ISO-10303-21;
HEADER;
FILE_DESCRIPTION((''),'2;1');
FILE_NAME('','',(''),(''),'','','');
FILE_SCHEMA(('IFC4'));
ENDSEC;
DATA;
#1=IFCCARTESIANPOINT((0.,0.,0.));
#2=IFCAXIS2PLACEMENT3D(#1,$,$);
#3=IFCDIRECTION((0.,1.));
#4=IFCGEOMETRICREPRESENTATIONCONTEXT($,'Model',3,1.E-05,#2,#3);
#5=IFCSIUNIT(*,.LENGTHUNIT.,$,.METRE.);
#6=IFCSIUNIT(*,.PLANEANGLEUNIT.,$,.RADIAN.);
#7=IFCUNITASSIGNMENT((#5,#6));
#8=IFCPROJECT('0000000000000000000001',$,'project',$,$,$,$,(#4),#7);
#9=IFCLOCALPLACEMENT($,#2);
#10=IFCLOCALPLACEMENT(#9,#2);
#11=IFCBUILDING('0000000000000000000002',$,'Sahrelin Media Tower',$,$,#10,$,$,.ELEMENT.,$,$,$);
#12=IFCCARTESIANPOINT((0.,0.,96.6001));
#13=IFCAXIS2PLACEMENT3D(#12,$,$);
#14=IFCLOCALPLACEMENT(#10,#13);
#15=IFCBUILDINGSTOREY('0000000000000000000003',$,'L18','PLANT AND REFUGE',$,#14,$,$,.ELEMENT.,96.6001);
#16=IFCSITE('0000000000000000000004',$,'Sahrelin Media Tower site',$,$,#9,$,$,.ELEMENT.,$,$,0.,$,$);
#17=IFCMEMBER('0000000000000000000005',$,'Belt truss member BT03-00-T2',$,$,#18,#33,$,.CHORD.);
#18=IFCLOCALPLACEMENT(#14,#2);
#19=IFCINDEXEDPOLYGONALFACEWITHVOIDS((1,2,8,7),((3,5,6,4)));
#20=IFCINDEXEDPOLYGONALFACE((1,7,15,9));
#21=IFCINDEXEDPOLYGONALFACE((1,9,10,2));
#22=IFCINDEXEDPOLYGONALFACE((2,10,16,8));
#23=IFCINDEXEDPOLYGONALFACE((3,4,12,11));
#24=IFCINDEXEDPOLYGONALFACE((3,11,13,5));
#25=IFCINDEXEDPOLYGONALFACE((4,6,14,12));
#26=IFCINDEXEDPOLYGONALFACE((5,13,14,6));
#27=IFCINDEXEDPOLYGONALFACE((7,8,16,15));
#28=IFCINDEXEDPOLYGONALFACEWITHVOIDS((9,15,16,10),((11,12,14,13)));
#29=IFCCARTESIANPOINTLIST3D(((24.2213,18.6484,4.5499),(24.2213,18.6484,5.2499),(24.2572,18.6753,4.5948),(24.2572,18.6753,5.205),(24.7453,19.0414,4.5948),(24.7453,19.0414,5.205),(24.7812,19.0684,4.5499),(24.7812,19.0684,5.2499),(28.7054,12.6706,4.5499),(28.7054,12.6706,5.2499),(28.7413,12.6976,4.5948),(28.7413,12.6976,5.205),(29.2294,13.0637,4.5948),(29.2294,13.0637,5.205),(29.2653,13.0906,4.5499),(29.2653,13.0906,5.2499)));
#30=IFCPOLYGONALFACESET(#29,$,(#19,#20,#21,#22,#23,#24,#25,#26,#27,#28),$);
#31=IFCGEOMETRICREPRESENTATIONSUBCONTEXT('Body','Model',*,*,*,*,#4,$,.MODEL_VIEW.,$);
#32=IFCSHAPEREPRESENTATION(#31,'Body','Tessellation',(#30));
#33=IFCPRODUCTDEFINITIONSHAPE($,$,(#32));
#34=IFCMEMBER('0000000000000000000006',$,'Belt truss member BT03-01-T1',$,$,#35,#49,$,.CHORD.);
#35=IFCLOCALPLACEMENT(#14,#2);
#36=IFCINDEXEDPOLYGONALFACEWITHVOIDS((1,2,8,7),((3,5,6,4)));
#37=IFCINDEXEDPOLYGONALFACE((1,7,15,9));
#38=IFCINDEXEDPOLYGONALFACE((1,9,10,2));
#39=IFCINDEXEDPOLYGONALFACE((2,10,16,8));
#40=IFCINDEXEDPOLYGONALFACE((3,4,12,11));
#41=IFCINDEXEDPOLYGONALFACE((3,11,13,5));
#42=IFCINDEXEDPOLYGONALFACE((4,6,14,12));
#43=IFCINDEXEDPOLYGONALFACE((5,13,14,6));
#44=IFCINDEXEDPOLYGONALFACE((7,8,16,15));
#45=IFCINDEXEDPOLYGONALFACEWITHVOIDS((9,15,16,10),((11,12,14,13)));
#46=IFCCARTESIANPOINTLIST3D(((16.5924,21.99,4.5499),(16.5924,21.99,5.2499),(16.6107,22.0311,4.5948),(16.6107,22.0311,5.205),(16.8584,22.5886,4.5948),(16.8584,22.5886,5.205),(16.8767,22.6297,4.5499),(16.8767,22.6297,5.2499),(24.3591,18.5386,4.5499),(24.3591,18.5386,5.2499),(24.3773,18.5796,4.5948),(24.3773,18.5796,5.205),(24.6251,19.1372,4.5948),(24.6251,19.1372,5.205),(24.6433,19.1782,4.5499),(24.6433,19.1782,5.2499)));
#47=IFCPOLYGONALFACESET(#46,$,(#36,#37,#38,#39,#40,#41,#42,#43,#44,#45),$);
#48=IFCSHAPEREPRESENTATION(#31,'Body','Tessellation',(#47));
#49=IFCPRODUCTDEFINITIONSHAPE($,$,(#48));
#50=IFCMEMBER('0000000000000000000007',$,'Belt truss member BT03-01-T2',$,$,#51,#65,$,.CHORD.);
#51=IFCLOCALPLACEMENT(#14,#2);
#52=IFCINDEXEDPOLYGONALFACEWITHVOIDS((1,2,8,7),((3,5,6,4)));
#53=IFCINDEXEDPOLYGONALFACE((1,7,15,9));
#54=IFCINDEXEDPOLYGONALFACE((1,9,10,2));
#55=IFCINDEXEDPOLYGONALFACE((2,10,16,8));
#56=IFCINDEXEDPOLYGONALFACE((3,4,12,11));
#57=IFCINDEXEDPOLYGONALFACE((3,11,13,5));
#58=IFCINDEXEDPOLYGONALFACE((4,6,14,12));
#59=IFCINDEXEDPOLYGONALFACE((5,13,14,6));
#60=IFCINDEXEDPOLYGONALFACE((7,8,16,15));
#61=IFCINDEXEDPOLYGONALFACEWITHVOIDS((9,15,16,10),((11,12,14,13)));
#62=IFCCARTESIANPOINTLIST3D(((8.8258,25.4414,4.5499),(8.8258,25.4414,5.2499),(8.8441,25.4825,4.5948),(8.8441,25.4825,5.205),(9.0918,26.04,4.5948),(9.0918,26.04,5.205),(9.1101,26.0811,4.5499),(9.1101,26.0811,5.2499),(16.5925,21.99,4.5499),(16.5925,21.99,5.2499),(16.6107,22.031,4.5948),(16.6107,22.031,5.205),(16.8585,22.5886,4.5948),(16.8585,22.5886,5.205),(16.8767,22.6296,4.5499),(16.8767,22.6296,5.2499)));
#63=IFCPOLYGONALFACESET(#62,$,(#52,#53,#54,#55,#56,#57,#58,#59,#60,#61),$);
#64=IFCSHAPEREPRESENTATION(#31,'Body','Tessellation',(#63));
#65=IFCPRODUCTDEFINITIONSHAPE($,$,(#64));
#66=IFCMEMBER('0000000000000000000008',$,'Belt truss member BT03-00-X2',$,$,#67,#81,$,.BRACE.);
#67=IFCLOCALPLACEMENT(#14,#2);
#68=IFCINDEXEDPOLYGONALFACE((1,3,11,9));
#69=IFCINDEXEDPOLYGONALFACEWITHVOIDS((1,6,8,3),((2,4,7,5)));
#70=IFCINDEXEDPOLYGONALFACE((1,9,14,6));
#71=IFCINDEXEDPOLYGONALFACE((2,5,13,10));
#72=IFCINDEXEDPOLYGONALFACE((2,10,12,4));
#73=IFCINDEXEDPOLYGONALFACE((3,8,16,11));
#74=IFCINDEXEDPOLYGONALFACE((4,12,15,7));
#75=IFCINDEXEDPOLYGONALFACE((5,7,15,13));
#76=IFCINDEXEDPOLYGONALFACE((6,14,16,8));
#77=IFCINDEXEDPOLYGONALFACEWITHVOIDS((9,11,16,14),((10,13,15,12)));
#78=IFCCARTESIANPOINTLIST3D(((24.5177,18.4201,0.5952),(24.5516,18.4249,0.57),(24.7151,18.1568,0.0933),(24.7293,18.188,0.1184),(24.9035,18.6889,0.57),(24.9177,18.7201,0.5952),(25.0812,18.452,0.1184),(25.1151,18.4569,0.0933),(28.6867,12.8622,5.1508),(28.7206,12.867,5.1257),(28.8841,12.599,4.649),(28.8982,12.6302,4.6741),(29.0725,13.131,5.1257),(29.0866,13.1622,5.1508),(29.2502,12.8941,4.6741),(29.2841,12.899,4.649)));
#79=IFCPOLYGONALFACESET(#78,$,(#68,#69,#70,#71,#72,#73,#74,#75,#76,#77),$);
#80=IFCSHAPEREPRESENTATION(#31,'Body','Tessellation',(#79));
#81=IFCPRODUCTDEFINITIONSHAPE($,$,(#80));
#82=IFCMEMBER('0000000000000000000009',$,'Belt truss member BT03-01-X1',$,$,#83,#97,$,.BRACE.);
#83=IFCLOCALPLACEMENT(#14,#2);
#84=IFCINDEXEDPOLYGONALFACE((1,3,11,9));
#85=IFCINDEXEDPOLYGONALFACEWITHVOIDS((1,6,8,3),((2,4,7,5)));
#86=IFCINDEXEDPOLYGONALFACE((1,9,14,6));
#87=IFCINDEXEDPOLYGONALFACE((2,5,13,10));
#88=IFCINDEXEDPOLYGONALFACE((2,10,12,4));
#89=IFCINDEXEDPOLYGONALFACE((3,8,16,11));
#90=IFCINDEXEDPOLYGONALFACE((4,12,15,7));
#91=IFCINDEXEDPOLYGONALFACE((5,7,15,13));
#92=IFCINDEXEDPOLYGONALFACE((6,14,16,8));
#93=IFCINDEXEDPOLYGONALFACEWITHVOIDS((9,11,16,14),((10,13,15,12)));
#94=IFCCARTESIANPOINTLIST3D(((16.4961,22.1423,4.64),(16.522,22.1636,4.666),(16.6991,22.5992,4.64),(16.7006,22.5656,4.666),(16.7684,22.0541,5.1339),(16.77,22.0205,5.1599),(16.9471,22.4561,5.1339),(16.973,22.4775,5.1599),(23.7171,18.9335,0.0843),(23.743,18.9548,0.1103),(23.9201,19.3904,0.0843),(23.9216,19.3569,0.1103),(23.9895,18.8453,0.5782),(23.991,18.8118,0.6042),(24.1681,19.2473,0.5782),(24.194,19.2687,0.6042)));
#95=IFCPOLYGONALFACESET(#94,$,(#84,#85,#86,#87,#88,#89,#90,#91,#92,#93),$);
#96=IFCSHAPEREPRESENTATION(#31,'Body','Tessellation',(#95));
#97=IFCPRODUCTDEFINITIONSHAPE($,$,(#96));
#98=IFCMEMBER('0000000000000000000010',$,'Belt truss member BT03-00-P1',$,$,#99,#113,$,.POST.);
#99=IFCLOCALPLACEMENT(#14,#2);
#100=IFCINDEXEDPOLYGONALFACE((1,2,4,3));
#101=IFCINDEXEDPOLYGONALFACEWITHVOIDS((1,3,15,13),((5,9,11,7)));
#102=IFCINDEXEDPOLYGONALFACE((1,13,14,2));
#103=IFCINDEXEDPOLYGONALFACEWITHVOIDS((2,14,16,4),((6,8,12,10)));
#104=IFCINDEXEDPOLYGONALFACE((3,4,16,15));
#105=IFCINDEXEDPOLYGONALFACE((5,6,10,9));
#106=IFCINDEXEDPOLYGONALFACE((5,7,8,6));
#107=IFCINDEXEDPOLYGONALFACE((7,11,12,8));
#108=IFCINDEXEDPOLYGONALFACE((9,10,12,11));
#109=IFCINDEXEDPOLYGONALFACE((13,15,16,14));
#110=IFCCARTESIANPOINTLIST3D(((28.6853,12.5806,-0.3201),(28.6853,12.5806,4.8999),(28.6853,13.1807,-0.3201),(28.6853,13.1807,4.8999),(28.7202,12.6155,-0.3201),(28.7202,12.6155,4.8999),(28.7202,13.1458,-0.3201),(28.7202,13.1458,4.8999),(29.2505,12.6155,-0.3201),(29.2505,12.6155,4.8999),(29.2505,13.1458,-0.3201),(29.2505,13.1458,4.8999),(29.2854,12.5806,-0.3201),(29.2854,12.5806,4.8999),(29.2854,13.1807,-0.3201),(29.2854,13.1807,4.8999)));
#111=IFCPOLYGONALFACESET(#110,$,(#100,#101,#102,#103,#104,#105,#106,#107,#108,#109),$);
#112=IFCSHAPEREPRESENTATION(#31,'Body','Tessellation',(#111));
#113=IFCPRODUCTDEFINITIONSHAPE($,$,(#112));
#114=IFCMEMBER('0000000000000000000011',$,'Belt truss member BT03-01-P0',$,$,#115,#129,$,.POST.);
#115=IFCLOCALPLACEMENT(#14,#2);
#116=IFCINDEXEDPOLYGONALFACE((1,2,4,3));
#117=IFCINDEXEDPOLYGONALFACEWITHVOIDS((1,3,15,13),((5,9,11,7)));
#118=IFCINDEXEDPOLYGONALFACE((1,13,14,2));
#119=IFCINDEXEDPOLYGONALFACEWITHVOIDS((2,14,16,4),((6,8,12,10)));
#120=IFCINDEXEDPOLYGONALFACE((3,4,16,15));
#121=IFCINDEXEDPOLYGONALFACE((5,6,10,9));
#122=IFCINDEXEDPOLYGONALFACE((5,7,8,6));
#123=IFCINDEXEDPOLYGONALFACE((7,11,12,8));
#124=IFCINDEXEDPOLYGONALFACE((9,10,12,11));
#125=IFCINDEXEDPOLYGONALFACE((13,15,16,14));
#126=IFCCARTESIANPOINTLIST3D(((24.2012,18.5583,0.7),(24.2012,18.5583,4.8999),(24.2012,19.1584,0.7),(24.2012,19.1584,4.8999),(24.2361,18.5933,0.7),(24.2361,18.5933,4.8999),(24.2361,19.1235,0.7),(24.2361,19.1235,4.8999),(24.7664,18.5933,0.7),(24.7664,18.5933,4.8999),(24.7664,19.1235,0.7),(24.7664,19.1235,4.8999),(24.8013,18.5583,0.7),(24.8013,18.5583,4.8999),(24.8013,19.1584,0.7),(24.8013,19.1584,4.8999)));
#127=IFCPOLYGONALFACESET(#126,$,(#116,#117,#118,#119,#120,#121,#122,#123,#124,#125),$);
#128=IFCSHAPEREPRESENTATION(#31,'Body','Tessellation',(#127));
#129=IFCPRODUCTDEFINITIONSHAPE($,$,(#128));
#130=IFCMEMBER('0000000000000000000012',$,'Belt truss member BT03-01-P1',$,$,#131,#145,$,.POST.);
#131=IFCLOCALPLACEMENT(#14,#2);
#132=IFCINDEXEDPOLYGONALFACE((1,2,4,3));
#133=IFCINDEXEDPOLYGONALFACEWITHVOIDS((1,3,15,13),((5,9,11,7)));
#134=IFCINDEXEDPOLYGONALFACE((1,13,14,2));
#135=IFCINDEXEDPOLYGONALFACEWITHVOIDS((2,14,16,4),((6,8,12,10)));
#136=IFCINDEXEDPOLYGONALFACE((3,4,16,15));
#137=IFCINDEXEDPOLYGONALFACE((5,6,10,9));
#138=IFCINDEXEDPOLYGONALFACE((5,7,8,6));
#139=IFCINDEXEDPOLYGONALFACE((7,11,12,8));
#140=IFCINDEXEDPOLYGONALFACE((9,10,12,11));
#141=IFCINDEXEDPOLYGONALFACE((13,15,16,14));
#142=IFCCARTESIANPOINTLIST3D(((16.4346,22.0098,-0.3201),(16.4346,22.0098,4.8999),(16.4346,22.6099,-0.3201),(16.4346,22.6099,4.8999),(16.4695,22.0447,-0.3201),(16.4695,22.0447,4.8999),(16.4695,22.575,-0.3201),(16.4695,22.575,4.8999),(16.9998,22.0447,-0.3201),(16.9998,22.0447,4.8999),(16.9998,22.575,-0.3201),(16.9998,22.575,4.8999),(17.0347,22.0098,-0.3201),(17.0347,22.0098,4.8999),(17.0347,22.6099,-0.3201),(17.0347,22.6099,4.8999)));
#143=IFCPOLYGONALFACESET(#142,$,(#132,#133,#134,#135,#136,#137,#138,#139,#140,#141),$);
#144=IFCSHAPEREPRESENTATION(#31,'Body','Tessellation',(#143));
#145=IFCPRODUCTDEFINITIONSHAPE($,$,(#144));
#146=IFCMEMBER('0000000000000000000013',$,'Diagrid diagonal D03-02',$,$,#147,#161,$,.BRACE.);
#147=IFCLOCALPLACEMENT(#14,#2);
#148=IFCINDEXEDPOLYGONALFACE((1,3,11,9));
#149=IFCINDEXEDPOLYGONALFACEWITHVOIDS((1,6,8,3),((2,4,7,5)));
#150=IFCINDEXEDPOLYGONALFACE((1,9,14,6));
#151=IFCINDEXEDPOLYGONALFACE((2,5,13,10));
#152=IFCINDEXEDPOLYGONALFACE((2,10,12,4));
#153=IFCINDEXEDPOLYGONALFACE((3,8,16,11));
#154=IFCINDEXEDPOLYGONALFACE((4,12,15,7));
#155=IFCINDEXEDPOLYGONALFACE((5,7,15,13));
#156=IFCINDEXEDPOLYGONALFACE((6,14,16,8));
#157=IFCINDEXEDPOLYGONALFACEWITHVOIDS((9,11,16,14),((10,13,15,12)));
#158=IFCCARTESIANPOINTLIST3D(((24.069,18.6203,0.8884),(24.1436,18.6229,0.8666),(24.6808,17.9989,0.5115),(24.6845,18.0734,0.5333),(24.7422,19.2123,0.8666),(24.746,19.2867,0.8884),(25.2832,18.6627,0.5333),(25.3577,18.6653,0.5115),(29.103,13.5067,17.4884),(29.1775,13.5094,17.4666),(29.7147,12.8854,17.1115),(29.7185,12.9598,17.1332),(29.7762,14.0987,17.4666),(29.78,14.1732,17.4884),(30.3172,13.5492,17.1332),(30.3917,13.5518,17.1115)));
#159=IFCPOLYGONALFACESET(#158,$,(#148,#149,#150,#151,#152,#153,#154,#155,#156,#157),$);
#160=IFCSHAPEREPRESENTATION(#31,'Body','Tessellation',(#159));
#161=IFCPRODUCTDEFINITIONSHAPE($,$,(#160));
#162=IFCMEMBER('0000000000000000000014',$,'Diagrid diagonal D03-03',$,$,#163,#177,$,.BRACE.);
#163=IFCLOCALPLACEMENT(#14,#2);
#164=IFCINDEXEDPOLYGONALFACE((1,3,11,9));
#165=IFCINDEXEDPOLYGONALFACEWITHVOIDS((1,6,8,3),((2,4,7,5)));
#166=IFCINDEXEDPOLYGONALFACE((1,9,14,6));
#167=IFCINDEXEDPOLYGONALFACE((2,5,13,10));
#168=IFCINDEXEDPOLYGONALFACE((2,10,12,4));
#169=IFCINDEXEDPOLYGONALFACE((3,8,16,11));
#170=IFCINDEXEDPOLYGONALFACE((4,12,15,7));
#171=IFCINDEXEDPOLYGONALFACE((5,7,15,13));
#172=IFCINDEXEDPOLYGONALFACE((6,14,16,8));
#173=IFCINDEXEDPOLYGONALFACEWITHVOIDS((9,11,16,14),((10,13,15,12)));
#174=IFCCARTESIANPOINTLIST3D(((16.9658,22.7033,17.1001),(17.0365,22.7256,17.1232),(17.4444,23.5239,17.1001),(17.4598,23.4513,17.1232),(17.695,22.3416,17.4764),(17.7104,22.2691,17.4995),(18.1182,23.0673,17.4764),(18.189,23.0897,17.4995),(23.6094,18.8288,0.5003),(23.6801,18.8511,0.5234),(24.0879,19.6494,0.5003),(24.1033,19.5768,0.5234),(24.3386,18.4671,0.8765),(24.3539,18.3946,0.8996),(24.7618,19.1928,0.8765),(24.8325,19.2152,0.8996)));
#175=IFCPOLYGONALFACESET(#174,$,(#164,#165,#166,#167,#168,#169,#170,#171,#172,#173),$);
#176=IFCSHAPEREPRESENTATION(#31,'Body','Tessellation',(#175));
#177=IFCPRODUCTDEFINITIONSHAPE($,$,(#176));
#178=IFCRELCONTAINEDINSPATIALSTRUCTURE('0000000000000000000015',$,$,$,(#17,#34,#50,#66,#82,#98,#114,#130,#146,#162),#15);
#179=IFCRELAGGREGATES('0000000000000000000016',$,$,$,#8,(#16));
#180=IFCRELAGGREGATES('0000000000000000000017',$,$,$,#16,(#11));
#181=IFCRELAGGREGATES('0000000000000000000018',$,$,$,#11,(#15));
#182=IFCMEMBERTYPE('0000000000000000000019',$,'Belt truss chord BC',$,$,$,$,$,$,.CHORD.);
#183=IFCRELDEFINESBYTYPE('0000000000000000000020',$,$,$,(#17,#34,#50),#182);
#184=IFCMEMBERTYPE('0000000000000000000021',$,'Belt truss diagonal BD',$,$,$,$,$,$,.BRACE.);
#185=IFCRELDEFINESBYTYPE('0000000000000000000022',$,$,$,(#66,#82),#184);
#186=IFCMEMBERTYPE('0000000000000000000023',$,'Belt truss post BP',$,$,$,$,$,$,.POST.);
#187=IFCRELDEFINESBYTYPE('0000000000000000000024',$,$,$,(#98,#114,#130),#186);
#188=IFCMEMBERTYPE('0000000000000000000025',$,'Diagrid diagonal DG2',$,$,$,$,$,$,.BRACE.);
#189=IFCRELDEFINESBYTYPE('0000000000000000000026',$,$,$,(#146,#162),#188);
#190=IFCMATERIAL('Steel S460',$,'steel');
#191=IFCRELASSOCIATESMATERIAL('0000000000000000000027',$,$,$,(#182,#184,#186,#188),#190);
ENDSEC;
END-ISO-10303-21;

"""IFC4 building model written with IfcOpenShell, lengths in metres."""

from ifc_helpers import new_model, si_unit, direction, frame, origin, origin_2d, place, context, subcontext, project, spatial, hollow_rectangle, extrude, material, material_profile, profile_set, type_object, element, save


model = new_model("IFC4")

# Units and contexts
model_context = context("Model", 3, precision=1e-05, world=origin(), true_north=direction((0.0, 1.0)))
body_context = subcontext(model_context, "Body", "Model", "MODEL_VIEW")
ifc_project = project(units=[si_unit("LENGTHUNIT", "METRE"), si_unit("PLANEANGLEUNIT", "RADIAN")], contexts=[model_context])

# Site, building, storey
site_placement = place(None, origin())
site = spatial("IfcSite", under=ifc_project, at=site_placement, Name="Sahrelin Media Tower site", CompositionType="ELEMENT", RefElevation=0.0)
building_placement = place(site_placement, origin())
building = spatial("IfcBuilding", under=site, at=building_placement, Name="Sahrelin Media Tower", CompositionType="ELEMENT")
storey_placement = place(building_placement, frame((0.0, 0.0, 96.6001)))
storey = spatial("IfcBuildingStorey", under=building, at=storey_placement, Name="L18", Description="PLANT AND REFUGE", CompositionType="ELEMENT", Elevation=96.6001)

# Members
ifc_material_1 = material(Name="Steel S460", Category="steel")
ifc_material_profile_1 = material_profile(ifc_material_1, hollow_rectangle(XDim=0.7, YDim=0.7, WallThickness=0.0449, at=origin_2d()), Name="Belt truss chord BC")
ifc_profile_set_1 = profile_set([ifc_material_profile_1], Name="Steel S460")
member_type_1 = type_object("IfcMemberType", Name="Belt truss chord BC", PredefinedType="CHORD", material=ifc_profile_set_1)
member_1_placement = place(storey_placement, frame((28.9854, 12.8806, 4.8999), z_axis=(-0.600068, 0.799949, 0.0), x_axis=(-0.799949, -0.600068, 0.0)))
element("IfcMember", 1, at=member_1_placement, inside=storey, type_object=member_type_1, Name="Belt truss member BT03-00-T2", PredefinedType="CHORD", context=body_context, shape_type="SweptSolid", body=[
    extrude(hollow_rectangle(XDim=0.7, YDim=0.7, WallThickness=0.0449, at=origin_2d()), origin(), (0.0, 0.0, 1.0), 7.4727),
])
for number, where, z_axis, x_axis, name in (
    (2, (24.5012, 18.8584, 4.8999), (-0.913829, 0.406098, 0.0), (-0.406098, -0.913829, 0.0), "Belt truss member BT03-01-T1"),
    (3, (16.7346, 22.3098, 4.8999), (-0.913829, 0.406098, 0.0), (-0.406098, -0.913829, 0.0), "Belt truss member BT03-01-T2"),
):
    element("IfcMember", number, at=place(storey_placement, frame(where, z_axis=z_axis, x_axis=x_axis)), inside=storey, type_object=member_type_1, Name=name, PredefinedType="CHORD", context=body_context, shape_type="SweptSolid", body=[
        extrude(hollow_rectangle(XDim=0.7, YDim=0.7, WallThickness=0.0449, at=origin_2d()), origin(), (0.0, 0.0, 1.0), 8.499),
    ])
ifc_material_profile_2 = material_profile(ifc_material_1, hollow_rectangle(XDim=0.5, YDim=0.6001, WallThickness=0.03, at=origin_2d()), Name="Belt truss diagonal BD")
ifc_profile_set_2 = profile_set([ifc_material_profile_2], Name="Steel S460")
member_type_2 = type_object("IfcMemberType", Name="Belt truss diagonal BD", PredefinedType="BRACE", material=ifc_profile_set_2)
member_2_placement = place(storey_placement, frame((24.8164, 18.4385, 0.3442), z_axis=(0.501795, -0.668972, 0.548342), x_axis=(0.799962, 0.600051, 0.0)))
element("IfcMember", 4, at=member_2_placement, inside=storey, type_object=member_type_2, Name="Belt truss member BT03-00-X2", PredefinedType="BRACE", context=body_context, shape_type="SweptSolid", body=[
    extrude(hollow_rectangle(XDim=0.5, YDim=0.6001, WallThickness=0.03, at=origin_2d()), origin(), (0.0, 0.0, 1.0), 8.3081),
])
member_3_placement = place(storey_placement, frame((23.9556, 19.1011, 0.3442), z_axis=(-0.791686, 0.351798, 0.499471), x_axis=(-0.406078, -0.913838, 0.0)))
element("IfcMember", 5, at=member_3_placement, inside=storey, type_object=member_type_2, Name="Belt truss member BT03-01-X1", PredefinedType="BRACE", context=body_context, shape_type="SweptSolid", body=[
    extrude(hollow_rectangle(XDim=0.5, YDim=0.6001, WallThickness=0.03, at=origin_2d()), origin(), (0.0, 0.0, 1.0), 9.1211),
])
ifc_material_profile_3 = material_profile(ifc_material_1, hollow_rectangle(XDim=0.6001, YDim=0.6001, WallThickness=0.0349, at=origin_2d()), Name="Belt truss post BP")
ifc_profile_set_3 = profile_set([ifc_material_profile_3], Name="Steel S460")
member_type_3 = type_object("IfcMemberType", Name="Belt truss post BP", PredefinedType="POST", material=ifc_profile_set_3)
member_4_placement = place(storey_placement, frame((28.9854, 12.8806, -0.3201), z_axis=(0.0, 0.0, 1.0), x_axis=(1.0, 0.0, 0.0)))
element("IfcMember", 6, at=member_4_placement, inside=storey, type_object=member_type_3, Name="Belt truss member BT03-00-P1", PredefinedType="POST", context=body_context, shape_type="SweptSolid", body=[
    extrude(hollow_rectangle(XDim=0.6001, YDim=0.6001, WallThickness=0.0349, at=origin_2d()), origin(), (0.0, 0.0, 1.0), 5.22),
])
member_5_placement = place(storey_placement, frame((24.5012, 18.8584, 0.7), z_axis=(0.0, 0.0, 1.0), x_axis=(1.0, 0.0, 0.0)))
element("IfcMember", 7, at=member_5_placement, inside=storey, type_object=member_type_3, Name="Belt truss member BT03-01-P0", PredefinedType="POST", context=body_context, shape_type="SweptSolid", body=[
    extrude(hollow_rectangle(XDim=0.6001, YDim=0.6001, WallThickness=0.0349, at=origin_2d()), origin(), (0.0, 0.0, 1.0), 4.2),
])
member_6_placement = place(storey_placement, frame((16.7346, 22.3098, -0.3201), z_axis=(0.0, 0.0, 1.0), x_axis=(1.0, 0.0, 0.0)))
element("IfcMember", 8, at=member_6_placement, inside=storey, type_object=member_type_3, Name="Belt truss member BT03-01-P1", PredefinedType="POST", context=body_context, shape_type="SweptSolid", body=[
    extrude(hollow_rectangle(XDim=0.6001, YDim=0.6001, WallThickness=0.0349, at=origin_2d()), origin(), (0.0, 0.0, 1.0), 5.22),
])
ifc_material_profile_4 = material_profile(ifc_material_1, hollow_rectangle(XDim=0.95, YDim=0.95, WallThickness=0.0549, at=origin_2d()), Name="Diagrid diagonal DG2")
ifc_profile_set_4 = profile_set([ifc_material_profile_4], Name="Steel S460")
member_type_4 = type_object("IfcMemberType", Name="Diagrid diagonal DG2", PredefinedType="BRACE", material=ifc_profile_set_4)
member_7_placement = place(storey_placement, frame((24.7134, 18.6428, 0.7), z_axis=(0.278359, -0.28276, 0.917913), x_axis=(0.712631, 0.701539, 0.0)))
element("IfcMember", 9, at=member_7_placement, inside=storey, type_object=member_type_4, Name="Diagrid diagonal D03-02", PredefinedType="BRACE", context=body_context, shape_type="SweptSolid", body=[
    extrude(hollow_rectangle(XDim=0.95, YDim=0.95, WallThickness=0.0549, at=origin_2d()), origin(), (0.0, 0.0, 1.0), 18.0845),
])
member_8_placement = place(storey_placement, frame((24.2209, 19.022, 0.7), z_axis=(-0.363137, 0.211781, 0.907348), x_axis=(-0.503784, -0.86383, 0.0)))
element("IfcMember", 10, at=member_8_placement, inside=storey, type_object=member_type_4, Name="Diagrid diagonal D03-03", PredefinedType="BRACE", context=body_context, shape_type="SweptSolid", body=[
    extrude(hollow_rectangle(XDim=0.95, YDim=0.95, WallThickness=0.0549, at=origin_2d()), origin(), (0.0, 0.0, 1.0), 18.2949),
])

save(model, "model.ifc")
